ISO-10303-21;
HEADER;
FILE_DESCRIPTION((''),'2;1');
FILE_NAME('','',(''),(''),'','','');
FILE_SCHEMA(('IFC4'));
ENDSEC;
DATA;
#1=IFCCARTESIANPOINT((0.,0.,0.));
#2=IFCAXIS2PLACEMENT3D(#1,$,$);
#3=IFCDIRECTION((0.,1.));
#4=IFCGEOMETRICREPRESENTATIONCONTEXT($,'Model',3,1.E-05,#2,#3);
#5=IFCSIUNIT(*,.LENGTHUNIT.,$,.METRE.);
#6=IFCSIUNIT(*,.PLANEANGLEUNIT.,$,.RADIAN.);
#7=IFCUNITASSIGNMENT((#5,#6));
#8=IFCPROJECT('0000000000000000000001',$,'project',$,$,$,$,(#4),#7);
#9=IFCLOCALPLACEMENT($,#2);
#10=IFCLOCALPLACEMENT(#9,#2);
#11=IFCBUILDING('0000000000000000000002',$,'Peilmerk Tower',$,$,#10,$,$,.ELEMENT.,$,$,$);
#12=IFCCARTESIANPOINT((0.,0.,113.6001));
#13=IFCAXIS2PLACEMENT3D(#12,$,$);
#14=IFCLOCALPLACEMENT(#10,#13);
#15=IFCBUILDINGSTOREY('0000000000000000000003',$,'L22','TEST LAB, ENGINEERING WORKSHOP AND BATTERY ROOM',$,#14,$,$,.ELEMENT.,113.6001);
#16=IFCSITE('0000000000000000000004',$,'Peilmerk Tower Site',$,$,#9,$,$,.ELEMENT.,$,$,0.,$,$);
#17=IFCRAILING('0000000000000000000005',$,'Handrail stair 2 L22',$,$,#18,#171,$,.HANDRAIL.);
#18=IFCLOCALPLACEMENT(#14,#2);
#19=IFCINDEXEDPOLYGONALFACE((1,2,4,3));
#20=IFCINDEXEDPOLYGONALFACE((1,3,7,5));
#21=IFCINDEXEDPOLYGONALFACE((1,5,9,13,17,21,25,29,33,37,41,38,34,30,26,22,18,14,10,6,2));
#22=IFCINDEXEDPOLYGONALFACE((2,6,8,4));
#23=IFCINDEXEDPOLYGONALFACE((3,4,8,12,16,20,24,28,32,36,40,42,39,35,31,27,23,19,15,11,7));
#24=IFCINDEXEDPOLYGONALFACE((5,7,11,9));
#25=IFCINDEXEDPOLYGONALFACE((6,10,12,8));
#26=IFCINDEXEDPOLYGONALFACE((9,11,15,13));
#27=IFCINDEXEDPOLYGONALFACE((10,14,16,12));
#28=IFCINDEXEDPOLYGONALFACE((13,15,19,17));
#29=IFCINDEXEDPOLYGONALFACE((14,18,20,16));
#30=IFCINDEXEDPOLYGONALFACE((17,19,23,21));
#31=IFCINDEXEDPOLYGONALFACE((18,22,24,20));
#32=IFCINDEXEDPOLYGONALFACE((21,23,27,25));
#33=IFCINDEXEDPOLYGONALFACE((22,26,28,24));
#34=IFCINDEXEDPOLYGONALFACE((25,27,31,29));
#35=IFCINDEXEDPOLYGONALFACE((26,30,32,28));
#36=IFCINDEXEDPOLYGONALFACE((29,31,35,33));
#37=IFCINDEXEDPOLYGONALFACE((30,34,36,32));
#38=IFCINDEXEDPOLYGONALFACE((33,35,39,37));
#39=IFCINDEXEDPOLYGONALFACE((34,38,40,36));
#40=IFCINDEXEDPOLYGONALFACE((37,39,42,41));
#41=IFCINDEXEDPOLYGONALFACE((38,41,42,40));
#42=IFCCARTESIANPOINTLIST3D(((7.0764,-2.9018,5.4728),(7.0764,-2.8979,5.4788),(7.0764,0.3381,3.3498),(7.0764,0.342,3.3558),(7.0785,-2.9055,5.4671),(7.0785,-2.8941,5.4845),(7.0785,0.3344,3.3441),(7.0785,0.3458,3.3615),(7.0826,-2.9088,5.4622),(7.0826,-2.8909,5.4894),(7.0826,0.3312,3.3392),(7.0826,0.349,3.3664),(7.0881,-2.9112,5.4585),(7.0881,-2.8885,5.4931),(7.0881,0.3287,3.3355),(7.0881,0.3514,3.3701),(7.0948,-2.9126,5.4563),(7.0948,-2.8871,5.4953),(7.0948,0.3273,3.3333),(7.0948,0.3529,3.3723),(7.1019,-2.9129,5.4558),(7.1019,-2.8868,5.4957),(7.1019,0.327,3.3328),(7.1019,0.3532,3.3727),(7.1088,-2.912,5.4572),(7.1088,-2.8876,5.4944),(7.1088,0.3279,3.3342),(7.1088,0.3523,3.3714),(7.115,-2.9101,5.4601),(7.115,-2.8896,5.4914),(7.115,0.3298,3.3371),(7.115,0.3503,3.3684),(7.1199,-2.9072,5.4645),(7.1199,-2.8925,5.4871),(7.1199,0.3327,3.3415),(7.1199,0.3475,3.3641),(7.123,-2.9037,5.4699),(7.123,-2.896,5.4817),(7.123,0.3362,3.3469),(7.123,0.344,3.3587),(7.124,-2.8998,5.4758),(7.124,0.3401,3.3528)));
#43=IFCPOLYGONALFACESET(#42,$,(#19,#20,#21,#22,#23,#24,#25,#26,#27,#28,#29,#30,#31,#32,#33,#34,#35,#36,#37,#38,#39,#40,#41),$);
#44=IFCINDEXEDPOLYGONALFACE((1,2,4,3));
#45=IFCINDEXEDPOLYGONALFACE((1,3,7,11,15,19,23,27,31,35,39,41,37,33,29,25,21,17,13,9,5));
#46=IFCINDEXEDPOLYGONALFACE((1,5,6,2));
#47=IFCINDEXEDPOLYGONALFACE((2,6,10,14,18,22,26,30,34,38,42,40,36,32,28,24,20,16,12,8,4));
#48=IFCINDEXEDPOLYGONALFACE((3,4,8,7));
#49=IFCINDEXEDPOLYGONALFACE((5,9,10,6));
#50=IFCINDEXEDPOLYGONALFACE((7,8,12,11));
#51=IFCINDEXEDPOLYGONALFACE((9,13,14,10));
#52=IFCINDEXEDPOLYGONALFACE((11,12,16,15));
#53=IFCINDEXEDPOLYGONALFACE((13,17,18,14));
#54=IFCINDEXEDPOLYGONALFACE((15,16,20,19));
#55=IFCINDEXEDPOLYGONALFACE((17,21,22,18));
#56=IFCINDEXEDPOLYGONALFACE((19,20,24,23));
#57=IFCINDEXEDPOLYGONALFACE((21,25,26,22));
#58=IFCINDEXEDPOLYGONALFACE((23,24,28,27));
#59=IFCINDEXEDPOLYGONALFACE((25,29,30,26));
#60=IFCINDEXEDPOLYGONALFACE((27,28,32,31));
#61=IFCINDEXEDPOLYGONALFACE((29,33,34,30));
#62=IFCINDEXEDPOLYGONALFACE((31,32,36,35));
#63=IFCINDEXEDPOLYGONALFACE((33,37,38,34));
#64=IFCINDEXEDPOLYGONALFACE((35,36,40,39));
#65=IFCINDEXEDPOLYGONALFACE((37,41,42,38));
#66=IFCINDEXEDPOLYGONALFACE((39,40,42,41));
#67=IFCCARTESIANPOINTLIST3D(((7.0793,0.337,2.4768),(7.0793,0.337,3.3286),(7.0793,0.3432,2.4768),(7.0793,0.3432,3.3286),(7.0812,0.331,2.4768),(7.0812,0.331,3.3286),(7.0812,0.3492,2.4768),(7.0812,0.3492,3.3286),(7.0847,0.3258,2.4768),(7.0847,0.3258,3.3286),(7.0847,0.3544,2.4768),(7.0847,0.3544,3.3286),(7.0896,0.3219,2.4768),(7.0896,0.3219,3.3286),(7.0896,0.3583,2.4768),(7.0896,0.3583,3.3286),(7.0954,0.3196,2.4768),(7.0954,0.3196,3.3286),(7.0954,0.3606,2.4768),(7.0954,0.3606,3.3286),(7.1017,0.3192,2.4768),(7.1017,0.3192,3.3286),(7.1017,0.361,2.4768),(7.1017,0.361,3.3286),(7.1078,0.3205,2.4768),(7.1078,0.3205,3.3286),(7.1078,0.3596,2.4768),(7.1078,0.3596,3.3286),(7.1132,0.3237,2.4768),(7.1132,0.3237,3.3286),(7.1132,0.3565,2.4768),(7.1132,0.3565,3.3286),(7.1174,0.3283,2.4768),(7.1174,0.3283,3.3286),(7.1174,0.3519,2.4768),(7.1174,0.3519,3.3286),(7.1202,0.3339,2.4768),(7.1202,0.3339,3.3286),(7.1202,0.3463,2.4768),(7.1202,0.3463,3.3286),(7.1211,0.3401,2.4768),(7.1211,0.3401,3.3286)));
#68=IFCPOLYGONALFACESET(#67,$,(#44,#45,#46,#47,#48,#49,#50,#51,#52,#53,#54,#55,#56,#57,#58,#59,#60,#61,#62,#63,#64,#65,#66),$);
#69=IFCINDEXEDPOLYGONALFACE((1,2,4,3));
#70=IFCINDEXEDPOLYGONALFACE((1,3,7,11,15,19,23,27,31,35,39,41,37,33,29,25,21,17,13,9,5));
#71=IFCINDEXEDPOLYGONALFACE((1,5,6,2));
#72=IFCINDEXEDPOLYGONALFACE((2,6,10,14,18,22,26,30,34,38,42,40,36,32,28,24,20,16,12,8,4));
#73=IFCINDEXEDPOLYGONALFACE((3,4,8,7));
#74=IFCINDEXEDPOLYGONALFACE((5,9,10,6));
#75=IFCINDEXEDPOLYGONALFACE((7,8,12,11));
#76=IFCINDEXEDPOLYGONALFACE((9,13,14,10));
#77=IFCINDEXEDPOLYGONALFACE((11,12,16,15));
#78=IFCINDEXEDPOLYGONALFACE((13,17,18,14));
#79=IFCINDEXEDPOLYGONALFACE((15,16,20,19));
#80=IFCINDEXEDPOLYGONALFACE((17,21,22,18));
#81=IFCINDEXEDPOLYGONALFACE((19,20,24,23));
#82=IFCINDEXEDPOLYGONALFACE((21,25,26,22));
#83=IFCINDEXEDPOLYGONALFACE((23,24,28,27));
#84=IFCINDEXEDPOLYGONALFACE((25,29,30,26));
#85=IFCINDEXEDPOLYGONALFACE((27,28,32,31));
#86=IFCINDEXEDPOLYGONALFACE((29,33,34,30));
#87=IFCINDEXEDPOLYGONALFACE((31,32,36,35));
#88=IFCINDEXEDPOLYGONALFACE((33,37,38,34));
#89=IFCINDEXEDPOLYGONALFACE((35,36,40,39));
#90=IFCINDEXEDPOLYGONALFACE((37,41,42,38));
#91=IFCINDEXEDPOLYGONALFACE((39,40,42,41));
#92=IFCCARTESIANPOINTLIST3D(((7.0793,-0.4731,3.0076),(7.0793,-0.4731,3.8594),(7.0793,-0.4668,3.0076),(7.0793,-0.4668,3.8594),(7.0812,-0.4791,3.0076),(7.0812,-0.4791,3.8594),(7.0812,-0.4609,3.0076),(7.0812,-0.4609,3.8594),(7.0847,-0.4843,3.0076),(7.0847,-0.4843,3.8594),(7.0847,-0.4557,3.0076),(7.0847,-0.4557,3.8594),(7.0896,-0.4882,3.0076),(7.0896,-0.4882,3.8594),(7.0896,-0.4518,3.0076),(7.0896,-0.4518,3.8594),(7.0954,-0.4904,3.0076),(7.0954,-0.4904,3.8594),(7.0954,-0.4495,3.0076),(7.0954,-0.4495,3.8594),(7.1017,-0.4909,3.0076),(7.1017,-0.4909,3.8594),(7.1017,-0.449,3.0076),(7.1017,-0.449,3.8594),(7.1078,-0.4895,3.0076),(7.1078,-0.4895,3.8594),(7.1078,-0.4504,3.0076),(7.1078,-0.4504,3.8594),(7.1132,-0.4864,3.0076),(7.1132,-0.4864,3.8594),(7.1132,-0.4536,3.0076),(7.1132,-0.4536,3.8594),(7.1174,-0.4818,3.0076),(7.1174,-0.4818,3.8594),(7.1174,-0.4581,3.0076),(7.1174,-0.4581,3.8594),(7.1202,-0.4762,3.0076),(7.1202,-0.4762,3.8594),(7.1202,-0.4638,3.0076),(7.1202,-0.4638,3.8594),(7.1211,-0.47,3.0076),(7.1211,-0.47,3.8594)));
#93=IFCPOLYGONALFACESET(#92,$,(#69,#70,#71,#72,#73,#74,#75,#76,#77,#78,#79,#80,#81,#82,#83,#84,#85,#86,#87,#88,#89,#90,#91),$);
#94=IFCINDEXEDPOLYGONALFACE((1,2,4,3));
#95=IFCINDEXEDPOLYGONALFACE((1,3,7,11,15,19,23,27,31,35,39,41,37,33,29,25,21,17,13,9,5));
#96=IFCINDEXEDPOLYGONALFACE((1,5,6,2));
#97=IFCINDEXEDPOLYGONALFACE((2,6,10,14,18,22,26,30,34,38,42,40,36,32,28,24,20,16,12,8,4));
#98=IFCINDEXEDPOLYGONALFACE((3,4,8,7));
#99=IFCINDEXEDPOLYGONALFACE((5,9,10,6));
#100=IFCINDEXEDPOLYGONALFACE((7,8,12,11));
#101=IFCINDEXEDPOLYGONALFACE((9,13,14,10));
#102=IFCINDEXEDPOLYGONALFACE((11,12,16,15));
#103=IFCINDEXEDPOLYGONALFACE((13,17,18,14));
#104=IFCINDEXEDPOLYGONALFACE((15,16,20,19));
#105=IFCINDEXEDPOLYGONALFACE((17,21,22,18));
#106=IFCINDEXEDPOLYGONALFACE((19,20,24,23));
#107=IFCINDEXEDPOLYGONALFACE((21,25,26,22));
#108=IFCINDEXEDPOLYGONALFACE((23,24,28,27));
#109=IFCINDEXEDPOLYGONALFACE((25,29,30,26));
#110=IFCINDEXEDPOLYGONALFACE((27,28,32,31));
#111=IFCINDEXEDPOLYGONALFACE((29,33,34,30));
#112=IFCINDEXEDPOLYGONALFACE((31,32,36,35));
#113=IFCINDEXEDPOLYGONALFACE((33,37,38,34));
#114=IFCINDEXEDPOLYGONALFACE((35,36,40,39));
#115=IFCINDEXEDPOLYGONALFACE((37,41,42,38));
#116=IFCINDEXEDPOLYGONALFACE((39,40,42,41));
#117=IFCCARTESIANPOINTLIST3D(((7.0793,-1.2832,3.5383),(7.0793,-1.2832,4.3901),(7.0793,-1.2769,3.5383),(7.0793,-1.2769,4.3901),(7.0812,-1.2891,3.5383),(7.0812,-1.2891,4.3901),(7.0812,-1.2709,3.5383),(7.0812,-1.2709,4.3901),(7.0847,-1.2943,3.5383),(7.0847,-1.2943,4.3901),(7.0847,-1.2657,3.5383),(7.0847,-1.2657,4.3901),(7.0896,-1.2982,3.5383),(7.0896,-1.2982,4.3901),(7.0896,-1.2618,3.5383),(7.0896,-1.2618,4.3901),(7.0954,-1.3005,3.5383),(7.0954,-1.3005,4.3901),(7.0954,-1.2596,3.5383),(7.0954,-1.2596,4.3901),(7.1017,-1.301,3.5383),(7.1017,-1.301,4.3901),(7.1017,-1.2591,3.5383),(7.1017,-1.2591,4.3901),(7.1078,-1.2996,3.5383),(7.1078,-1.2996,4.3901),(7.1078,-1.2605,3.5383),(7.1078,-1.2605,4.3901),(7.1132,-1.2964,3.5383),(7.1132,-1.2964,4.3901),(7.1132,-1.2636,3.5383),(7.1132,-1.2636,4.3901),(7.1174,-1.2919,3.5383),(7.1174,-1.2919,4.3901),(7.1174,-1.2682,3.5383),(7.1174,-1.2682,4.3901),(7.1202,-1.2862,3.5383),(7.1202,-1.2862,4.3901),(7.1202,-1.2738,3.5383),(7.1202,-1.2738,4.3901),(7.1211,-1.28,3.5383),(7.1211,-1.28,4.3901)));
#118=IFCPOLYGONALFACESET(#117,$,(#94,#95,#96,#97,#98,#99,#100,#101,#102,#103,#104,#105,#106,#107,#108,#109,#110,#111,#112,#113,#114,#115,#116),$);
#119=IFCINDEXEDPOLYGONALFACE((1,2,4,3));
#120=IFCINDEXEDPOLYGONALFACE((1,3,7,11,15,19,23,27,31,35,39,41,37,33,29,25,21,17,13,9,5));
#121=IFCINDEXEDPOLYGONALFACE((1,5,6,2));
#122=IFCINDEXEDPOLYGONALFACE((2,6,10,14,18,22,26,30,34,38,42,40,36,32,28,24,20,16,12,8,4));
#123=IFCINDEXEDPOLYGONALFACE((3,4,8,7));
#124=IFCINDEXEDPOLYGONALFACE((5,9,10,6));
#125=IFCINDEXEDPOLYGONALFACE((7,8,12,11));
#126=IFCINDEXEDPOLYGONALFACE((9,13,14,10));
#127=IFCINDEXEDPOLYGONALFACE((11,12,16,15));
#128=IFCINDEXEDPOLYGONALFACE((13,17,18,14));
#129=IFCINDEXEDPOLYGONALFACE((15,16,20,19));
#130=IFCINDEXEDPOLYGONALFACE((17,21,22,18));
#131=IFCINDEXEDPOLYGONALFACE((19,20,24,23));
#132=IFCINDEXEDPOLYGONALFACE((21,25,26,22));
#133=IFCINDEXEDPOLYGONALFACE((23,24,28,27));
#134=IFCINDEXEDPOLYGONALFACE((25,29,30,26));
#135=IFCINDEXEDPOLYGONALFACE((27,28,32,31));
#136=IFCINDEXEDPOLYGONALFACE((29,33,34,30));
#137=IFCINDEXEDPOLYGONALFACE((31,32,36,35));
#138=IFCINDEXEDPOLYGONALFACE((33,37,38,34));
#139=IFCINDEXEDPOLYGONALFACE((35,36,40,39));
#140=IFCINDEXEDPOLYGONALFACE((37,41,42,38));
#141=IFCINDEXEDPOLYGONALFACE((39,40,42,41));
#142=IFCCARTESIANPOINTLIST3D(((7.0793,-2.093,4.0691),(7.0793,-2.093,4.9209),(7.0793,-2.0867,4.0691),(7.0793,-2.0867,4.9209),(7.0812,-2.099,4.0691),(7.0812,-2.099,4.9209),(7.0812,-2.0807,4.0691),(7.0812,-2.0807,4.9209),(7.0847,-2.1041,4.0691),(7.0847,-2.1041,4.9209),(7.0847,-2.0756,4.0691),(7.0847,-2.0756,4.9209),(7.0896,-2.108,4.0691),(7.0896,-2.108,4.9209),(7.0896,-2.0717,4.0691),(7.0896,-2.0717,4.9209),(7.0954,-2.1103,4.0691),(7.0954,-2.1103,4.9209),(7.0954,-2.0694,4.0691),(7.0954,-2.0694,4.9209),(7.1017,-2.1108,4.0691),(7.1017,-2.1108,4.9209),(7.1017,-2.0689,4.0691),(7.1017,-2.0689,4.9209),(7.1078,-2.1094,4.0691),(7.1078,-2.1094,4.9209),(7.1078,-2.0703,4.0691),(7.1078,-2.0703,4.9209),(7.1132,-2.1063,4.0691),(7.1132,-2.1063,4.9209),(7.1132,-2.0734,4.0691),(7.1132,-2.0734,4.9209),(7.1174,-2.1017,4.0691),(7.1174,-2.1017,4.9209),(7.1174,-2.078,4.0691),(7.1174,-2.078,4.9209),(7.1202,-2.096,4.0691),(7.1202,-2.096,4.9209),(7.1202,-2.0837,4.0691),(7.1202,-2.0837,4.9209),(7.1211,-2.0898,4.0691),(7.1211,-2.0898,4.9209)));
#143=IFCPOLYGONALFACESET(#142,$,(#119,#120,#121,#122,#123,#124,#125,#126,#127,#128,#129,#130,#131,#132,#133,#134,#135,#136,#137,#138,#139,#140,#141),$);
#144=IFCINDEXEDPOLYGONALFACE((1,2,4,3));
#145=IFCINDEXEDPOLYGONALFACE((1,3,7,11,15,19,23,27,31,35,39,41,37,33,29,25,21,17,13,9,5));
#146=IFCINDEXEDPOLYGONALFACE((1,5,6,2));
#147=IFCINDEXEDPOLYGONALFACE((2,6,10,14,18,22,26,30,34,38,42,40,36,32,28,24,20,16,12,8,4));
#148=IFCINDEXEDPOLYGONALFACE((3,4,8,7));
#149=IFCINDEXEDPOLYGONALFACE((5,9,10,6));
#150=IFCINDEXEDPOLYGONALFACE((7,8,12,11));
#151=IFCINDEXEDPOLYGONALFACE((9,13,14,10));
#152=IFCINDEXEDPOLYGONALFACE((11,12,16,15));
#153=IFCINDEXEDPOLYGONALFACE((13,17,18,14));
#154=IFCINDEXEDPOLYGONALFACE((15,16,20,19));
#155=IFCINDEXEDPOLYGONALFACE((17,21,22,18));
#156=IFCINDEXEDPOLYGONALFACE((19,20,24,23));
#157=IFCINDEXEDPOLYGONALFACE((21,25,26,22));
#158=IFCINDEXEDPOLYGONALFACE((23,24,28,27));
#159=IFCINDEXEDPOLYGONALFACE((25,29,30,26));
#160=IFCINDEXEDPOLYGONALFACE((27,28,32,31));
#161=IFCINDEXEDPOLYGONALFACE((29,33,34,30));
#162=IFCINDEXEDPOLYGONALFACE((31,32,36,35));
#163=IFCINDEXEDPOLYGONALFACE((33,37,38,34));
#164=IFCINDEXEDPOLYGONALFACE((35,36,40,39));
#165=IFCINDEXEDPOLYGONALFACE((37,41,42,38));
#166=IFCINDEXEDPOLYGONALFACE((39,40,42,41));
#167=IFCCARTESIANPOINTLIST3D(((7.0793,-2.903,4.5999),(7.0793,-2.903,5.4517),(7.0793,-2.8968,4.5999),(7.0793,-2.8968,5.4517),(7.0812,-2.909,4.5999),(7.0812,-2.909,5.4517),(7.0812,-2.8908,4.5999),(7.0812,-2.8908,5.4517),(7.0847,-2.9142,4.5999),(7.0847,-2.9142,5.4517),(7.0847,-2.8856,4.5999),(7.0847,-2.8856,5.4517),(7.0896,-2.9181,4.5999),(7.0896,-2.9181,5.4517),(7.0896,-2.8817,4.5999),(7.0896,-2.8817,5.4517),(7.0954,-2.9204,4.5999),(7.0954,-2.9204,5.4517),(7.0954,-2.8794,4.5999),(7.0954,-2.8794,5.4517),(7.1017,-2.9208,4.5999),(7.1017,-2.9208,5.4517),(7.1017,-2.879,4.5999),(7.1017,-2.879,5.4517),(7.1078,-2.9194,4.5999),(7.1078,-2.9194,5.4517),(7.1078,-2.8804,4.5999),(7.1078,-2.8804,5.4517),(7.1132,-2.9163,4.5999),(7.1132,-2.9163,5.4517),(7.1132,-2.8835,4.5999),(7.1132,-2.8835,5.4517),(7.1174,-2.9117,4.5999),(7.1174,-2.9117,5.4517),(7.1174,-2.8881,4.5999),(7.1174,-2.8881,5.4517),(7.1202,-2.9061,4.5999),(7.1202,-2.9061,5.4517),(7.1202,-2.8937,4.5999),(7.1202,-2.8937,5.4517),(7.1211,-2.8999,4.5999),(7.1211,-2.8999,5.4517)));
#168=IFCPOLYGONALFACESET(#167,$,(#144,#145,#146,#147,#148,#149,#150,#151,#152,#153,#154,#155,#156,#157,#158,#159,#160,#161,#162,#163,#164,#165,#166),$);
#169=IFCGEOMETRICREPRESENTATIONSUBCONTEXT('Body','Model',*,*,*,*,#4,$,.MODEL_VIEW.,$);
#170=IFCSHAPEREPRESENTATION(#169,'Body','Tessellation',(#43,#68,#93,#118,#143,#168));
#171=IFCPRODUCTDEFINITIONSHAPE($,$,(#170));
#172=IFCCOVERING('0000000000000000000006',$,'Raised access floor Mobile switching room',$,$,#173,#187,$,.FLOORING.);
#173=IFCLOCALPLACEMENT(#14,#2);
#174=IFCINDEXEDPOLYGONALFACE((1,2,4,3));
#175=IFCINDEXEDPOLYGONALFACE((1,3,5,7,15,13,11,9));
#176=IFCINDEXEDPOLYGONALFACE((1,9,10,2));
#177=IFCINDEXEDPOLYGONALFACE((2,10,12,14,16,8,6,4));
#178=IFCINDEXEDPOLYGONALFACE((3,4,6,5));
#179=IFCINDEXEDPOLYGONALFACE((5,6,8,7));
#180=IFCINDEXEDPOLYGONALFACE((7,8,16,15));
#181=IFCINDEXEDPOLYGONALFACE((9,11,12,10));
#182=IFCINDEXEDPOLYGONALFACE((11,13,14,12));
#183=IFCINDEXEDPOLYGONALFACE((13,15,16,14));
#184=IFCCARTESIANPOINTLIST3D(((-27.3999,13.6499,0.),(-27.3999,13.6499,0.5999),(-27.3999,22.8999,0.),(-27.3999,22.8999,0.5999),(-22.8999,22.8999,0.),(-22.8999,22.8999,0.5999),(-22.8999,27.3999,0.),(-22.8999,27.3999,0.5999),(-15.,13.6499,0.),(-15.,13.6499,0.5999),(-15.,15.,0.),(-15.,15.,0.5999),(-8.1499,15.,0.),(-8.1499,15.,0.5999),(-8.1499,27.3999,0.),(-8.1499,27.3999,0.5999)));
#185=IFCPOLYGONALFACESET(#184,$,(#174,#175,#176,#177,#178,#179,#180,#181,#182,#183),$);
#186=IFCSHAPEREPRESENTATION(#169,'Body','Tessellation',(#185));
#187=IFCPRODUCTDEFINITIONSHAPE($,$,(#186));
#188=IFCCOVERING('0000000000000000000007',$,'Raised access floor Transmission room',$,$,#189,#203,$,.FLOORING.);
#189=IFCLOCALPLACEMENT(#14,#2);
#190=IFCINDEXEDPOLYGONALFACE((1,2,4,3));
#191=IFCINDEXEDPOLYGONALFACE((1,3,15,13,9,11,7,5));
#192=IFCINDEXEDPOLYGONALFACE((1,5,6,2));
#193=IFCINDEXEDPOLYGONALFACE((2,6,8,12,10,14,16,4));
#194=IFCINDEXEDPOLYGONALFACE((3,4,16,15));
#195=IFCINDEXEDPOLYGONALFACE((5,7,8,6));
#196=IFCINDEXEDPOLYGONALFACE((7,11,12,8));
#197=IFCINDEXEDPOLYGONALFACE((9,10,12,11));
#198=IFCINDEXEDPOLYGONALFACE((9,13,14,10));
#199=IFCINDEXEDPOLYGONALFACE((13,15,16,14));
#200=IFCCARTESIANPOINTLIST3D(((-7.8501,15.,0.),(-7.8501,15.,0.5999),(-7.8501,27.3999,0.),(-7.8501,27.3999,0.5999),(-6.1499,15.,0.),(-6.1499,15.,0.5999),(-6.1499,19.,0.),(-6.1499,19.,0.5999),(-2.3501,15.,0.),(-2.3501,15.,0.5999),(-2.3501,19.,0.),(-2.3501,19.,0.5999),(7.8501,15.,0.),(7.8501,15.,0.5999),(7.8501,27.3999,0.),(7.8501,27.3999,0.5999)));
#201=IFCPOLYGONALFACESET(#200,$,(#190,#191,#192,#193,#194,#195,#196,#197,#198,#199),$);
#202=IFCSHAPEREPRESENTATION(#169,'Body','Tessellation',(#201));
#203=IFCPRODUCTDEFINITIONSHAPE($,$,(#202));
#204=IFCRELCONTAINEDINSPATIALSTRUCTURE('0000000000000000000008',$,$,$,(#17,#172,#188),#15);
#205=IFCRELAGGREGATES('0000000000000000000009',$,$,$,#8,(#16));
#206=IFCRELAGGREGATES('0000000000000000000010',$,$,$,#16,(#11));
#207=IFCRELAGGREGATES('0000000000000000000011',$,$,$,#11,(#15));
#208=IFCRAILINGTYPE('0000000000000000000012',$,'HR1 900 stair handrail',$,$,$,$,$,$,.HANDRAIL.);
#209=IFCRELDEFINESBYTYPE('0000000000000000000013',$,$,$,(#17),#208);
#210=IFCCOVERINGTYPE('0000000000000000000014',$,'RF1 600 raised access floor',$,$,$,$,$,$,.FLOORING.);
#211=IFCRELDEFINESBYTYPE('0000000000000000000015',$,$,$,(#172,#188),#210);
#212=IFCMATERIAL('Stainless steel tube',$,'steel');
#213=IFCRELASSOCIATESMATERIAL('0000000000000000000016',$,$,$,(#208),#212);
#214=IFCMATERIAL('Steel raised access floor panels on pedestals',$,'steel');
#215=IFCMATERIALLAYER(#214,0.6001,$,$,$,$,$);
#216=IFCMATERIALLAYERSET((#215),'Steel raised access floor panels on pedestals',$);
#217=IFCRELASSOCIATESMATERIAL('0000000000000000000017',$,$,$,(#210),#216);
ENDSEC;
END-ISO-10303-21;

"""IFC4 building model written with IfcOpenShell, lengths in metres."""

from ifc_helpers import new_model, si_unit, direction, frame, origin, origin_2d, place, context, subcontext, project, spatial, polyline, circle, outline, extrude, material, layer, layer_set, type_object, element, save


model = new_model("IFC4")

# Units and contexts
model_context = context("Model", 3, precision=1e-05, world=origin(), true_north=direction((0.0, 1.0)))
body_context = subcontext(model_context, "Body", "Model", "MODEL_VIEW")
ifc_project = project(units=[si_unit("LENGTHUNIT", "METRE"), si_unit("PLANEANGLEUNIT", "RADIAN")], contexts=[model_context])

# Site, building, storey
site_placement = place(None, origin())
site = spatial("IfcSite", under=ifc_project, at=site_placement, Name="Peilmerk Tower Site", CompositionType="ELEMENT", RefElevation=0.0)
building_placement = place(site_placement, origin())
building = spatial("IfcBuilding", under=site, at=building_placement, Name="Peilmerk Tower", CompositionType="ELEMENT")
storey_placement = place(building_placement, frame((0.0, 0.0, 113.6001)))
storey = spatial("IfcBuildingStorey", under=building, at=storey_placement, Name="L22", Description="TEST LAB, ENGINEERING WORKSHOP AND BATTERY ROOM", CompositionType="ELEMENT", Elevation=113.6001)

# Railing
ifc_material_1 = material(Name="Stainless steel tube", Category="steel")
railing_type = type_object("IfcRailingType", Name="HR1 900 stair handrail", PredefinedType="HANDRAIL", material=ifc_material_1)
railing_placement = place(storey_placement, frame((7.1001, 0.3401, 2.4768)))
element("IfcRailing", 1, at=railing_placement, inside=storey, type_object=railing_type, Name="Handrail stair 2 L22", PredefinedType="HANDRAIL", context=body_context, shape_type="SweptSolid", body=[
    extrude(circle(Radius=0.0239, at=origin_2d()), frame((0.0, 0.0, 0.876), z_axis=(0.0, -0.836426, 0.548079), x_axis=(1.0, 0.0, 0.0)), (0.0, 0.0, 1.0), 3.8735),
    extrude(circle(Radius=0.021, at=origin_2d()), origin(), (0.0, 0.0, 1.0), 0.8518),
    extrude(circle(Radius=0.021, at=origin_2d()), frame((0.0, -0.8101, 0.5308)), (0.0, 0.0, 1.0), 0.8518),
    extrude(circle(Radius=0.021, at=origin_2d()), frame((0.0, -1.6201, 1.0615)), (0.0, 0.0, 1.0), 0.8518),
    extrude(circle(Radius=0.021, at=origin_2d()), frame((0.0, -2.4299, 1.5923)), (0.0, 0.0, 1.0), 0.8518),
    extrude(circle(Radius=0.021, at=origin_2d()), frame((0.0, -3.24, 2.123)), (0.0, 0.0, 1.0), 0.8518),
])

# Coverings
ifc_material_2 = material(Name="Steel raised access floor panels on pedestals", Category="steel")
ifc_layer_1 = layer(ifc_material_2, 0.6001)
ifc_layer_set_1 = layer_set([ifc_layer_1], Name="Steel raised access floor panels on pedestals")
covering_type_1 = type_object("IfcCoveringType", Name="RF1 600 raised access floor", PredefinedType="FLOORING", material=ifc_layer_set_1)
covering_1_placement = place(storey_placement, origin())
element("IfcCovering", 2, at=covering_1_placement, inside=storey, type_object=covering_type_1, Name="Raised access floor Mobile switching room", PredefinedType="FLOORING", context=body_context, shape_type="SweptSolid", body=[
    extrude(outline(polyline([(-27.3999, 22.8999), (-27.3999, 13.6499), (-15.0, 13.6499), (-15.0, 15.0), (-8.1499, 15.0), (-8.1499, 27.3999), (-22.8999, 27.3999), (-22.8999, 22.8999), (-27.3999, 22.8999)])), origin(), (0.0, 0.0, 1.0), 0.5999),
])
covering_2_placement = place(storey_placement, origin())
element("IfcCovering", 3, at=covering_2_placement, inside=storey, type_object=covering_type_1, Name="Raised access floor Transmission room", PredefinedType="FLOORING", context=body_context, shape_type="SweptSolid", body=[
    extrude(outline(polyline([(7.8501, 15.0), (7.8501, 27.3999), (-7.8501, 27.3999), (-7.8501, 15.0), (-6.1499, 15.0), (-6.1499, 19.0), (-2.3501, 19.0), (-2.3501, 15.0), (7.8501, 15.0)])), origin(), (0.0, 0.0, 1.0), 0.5999),
])

save(model, "model.ifc")
